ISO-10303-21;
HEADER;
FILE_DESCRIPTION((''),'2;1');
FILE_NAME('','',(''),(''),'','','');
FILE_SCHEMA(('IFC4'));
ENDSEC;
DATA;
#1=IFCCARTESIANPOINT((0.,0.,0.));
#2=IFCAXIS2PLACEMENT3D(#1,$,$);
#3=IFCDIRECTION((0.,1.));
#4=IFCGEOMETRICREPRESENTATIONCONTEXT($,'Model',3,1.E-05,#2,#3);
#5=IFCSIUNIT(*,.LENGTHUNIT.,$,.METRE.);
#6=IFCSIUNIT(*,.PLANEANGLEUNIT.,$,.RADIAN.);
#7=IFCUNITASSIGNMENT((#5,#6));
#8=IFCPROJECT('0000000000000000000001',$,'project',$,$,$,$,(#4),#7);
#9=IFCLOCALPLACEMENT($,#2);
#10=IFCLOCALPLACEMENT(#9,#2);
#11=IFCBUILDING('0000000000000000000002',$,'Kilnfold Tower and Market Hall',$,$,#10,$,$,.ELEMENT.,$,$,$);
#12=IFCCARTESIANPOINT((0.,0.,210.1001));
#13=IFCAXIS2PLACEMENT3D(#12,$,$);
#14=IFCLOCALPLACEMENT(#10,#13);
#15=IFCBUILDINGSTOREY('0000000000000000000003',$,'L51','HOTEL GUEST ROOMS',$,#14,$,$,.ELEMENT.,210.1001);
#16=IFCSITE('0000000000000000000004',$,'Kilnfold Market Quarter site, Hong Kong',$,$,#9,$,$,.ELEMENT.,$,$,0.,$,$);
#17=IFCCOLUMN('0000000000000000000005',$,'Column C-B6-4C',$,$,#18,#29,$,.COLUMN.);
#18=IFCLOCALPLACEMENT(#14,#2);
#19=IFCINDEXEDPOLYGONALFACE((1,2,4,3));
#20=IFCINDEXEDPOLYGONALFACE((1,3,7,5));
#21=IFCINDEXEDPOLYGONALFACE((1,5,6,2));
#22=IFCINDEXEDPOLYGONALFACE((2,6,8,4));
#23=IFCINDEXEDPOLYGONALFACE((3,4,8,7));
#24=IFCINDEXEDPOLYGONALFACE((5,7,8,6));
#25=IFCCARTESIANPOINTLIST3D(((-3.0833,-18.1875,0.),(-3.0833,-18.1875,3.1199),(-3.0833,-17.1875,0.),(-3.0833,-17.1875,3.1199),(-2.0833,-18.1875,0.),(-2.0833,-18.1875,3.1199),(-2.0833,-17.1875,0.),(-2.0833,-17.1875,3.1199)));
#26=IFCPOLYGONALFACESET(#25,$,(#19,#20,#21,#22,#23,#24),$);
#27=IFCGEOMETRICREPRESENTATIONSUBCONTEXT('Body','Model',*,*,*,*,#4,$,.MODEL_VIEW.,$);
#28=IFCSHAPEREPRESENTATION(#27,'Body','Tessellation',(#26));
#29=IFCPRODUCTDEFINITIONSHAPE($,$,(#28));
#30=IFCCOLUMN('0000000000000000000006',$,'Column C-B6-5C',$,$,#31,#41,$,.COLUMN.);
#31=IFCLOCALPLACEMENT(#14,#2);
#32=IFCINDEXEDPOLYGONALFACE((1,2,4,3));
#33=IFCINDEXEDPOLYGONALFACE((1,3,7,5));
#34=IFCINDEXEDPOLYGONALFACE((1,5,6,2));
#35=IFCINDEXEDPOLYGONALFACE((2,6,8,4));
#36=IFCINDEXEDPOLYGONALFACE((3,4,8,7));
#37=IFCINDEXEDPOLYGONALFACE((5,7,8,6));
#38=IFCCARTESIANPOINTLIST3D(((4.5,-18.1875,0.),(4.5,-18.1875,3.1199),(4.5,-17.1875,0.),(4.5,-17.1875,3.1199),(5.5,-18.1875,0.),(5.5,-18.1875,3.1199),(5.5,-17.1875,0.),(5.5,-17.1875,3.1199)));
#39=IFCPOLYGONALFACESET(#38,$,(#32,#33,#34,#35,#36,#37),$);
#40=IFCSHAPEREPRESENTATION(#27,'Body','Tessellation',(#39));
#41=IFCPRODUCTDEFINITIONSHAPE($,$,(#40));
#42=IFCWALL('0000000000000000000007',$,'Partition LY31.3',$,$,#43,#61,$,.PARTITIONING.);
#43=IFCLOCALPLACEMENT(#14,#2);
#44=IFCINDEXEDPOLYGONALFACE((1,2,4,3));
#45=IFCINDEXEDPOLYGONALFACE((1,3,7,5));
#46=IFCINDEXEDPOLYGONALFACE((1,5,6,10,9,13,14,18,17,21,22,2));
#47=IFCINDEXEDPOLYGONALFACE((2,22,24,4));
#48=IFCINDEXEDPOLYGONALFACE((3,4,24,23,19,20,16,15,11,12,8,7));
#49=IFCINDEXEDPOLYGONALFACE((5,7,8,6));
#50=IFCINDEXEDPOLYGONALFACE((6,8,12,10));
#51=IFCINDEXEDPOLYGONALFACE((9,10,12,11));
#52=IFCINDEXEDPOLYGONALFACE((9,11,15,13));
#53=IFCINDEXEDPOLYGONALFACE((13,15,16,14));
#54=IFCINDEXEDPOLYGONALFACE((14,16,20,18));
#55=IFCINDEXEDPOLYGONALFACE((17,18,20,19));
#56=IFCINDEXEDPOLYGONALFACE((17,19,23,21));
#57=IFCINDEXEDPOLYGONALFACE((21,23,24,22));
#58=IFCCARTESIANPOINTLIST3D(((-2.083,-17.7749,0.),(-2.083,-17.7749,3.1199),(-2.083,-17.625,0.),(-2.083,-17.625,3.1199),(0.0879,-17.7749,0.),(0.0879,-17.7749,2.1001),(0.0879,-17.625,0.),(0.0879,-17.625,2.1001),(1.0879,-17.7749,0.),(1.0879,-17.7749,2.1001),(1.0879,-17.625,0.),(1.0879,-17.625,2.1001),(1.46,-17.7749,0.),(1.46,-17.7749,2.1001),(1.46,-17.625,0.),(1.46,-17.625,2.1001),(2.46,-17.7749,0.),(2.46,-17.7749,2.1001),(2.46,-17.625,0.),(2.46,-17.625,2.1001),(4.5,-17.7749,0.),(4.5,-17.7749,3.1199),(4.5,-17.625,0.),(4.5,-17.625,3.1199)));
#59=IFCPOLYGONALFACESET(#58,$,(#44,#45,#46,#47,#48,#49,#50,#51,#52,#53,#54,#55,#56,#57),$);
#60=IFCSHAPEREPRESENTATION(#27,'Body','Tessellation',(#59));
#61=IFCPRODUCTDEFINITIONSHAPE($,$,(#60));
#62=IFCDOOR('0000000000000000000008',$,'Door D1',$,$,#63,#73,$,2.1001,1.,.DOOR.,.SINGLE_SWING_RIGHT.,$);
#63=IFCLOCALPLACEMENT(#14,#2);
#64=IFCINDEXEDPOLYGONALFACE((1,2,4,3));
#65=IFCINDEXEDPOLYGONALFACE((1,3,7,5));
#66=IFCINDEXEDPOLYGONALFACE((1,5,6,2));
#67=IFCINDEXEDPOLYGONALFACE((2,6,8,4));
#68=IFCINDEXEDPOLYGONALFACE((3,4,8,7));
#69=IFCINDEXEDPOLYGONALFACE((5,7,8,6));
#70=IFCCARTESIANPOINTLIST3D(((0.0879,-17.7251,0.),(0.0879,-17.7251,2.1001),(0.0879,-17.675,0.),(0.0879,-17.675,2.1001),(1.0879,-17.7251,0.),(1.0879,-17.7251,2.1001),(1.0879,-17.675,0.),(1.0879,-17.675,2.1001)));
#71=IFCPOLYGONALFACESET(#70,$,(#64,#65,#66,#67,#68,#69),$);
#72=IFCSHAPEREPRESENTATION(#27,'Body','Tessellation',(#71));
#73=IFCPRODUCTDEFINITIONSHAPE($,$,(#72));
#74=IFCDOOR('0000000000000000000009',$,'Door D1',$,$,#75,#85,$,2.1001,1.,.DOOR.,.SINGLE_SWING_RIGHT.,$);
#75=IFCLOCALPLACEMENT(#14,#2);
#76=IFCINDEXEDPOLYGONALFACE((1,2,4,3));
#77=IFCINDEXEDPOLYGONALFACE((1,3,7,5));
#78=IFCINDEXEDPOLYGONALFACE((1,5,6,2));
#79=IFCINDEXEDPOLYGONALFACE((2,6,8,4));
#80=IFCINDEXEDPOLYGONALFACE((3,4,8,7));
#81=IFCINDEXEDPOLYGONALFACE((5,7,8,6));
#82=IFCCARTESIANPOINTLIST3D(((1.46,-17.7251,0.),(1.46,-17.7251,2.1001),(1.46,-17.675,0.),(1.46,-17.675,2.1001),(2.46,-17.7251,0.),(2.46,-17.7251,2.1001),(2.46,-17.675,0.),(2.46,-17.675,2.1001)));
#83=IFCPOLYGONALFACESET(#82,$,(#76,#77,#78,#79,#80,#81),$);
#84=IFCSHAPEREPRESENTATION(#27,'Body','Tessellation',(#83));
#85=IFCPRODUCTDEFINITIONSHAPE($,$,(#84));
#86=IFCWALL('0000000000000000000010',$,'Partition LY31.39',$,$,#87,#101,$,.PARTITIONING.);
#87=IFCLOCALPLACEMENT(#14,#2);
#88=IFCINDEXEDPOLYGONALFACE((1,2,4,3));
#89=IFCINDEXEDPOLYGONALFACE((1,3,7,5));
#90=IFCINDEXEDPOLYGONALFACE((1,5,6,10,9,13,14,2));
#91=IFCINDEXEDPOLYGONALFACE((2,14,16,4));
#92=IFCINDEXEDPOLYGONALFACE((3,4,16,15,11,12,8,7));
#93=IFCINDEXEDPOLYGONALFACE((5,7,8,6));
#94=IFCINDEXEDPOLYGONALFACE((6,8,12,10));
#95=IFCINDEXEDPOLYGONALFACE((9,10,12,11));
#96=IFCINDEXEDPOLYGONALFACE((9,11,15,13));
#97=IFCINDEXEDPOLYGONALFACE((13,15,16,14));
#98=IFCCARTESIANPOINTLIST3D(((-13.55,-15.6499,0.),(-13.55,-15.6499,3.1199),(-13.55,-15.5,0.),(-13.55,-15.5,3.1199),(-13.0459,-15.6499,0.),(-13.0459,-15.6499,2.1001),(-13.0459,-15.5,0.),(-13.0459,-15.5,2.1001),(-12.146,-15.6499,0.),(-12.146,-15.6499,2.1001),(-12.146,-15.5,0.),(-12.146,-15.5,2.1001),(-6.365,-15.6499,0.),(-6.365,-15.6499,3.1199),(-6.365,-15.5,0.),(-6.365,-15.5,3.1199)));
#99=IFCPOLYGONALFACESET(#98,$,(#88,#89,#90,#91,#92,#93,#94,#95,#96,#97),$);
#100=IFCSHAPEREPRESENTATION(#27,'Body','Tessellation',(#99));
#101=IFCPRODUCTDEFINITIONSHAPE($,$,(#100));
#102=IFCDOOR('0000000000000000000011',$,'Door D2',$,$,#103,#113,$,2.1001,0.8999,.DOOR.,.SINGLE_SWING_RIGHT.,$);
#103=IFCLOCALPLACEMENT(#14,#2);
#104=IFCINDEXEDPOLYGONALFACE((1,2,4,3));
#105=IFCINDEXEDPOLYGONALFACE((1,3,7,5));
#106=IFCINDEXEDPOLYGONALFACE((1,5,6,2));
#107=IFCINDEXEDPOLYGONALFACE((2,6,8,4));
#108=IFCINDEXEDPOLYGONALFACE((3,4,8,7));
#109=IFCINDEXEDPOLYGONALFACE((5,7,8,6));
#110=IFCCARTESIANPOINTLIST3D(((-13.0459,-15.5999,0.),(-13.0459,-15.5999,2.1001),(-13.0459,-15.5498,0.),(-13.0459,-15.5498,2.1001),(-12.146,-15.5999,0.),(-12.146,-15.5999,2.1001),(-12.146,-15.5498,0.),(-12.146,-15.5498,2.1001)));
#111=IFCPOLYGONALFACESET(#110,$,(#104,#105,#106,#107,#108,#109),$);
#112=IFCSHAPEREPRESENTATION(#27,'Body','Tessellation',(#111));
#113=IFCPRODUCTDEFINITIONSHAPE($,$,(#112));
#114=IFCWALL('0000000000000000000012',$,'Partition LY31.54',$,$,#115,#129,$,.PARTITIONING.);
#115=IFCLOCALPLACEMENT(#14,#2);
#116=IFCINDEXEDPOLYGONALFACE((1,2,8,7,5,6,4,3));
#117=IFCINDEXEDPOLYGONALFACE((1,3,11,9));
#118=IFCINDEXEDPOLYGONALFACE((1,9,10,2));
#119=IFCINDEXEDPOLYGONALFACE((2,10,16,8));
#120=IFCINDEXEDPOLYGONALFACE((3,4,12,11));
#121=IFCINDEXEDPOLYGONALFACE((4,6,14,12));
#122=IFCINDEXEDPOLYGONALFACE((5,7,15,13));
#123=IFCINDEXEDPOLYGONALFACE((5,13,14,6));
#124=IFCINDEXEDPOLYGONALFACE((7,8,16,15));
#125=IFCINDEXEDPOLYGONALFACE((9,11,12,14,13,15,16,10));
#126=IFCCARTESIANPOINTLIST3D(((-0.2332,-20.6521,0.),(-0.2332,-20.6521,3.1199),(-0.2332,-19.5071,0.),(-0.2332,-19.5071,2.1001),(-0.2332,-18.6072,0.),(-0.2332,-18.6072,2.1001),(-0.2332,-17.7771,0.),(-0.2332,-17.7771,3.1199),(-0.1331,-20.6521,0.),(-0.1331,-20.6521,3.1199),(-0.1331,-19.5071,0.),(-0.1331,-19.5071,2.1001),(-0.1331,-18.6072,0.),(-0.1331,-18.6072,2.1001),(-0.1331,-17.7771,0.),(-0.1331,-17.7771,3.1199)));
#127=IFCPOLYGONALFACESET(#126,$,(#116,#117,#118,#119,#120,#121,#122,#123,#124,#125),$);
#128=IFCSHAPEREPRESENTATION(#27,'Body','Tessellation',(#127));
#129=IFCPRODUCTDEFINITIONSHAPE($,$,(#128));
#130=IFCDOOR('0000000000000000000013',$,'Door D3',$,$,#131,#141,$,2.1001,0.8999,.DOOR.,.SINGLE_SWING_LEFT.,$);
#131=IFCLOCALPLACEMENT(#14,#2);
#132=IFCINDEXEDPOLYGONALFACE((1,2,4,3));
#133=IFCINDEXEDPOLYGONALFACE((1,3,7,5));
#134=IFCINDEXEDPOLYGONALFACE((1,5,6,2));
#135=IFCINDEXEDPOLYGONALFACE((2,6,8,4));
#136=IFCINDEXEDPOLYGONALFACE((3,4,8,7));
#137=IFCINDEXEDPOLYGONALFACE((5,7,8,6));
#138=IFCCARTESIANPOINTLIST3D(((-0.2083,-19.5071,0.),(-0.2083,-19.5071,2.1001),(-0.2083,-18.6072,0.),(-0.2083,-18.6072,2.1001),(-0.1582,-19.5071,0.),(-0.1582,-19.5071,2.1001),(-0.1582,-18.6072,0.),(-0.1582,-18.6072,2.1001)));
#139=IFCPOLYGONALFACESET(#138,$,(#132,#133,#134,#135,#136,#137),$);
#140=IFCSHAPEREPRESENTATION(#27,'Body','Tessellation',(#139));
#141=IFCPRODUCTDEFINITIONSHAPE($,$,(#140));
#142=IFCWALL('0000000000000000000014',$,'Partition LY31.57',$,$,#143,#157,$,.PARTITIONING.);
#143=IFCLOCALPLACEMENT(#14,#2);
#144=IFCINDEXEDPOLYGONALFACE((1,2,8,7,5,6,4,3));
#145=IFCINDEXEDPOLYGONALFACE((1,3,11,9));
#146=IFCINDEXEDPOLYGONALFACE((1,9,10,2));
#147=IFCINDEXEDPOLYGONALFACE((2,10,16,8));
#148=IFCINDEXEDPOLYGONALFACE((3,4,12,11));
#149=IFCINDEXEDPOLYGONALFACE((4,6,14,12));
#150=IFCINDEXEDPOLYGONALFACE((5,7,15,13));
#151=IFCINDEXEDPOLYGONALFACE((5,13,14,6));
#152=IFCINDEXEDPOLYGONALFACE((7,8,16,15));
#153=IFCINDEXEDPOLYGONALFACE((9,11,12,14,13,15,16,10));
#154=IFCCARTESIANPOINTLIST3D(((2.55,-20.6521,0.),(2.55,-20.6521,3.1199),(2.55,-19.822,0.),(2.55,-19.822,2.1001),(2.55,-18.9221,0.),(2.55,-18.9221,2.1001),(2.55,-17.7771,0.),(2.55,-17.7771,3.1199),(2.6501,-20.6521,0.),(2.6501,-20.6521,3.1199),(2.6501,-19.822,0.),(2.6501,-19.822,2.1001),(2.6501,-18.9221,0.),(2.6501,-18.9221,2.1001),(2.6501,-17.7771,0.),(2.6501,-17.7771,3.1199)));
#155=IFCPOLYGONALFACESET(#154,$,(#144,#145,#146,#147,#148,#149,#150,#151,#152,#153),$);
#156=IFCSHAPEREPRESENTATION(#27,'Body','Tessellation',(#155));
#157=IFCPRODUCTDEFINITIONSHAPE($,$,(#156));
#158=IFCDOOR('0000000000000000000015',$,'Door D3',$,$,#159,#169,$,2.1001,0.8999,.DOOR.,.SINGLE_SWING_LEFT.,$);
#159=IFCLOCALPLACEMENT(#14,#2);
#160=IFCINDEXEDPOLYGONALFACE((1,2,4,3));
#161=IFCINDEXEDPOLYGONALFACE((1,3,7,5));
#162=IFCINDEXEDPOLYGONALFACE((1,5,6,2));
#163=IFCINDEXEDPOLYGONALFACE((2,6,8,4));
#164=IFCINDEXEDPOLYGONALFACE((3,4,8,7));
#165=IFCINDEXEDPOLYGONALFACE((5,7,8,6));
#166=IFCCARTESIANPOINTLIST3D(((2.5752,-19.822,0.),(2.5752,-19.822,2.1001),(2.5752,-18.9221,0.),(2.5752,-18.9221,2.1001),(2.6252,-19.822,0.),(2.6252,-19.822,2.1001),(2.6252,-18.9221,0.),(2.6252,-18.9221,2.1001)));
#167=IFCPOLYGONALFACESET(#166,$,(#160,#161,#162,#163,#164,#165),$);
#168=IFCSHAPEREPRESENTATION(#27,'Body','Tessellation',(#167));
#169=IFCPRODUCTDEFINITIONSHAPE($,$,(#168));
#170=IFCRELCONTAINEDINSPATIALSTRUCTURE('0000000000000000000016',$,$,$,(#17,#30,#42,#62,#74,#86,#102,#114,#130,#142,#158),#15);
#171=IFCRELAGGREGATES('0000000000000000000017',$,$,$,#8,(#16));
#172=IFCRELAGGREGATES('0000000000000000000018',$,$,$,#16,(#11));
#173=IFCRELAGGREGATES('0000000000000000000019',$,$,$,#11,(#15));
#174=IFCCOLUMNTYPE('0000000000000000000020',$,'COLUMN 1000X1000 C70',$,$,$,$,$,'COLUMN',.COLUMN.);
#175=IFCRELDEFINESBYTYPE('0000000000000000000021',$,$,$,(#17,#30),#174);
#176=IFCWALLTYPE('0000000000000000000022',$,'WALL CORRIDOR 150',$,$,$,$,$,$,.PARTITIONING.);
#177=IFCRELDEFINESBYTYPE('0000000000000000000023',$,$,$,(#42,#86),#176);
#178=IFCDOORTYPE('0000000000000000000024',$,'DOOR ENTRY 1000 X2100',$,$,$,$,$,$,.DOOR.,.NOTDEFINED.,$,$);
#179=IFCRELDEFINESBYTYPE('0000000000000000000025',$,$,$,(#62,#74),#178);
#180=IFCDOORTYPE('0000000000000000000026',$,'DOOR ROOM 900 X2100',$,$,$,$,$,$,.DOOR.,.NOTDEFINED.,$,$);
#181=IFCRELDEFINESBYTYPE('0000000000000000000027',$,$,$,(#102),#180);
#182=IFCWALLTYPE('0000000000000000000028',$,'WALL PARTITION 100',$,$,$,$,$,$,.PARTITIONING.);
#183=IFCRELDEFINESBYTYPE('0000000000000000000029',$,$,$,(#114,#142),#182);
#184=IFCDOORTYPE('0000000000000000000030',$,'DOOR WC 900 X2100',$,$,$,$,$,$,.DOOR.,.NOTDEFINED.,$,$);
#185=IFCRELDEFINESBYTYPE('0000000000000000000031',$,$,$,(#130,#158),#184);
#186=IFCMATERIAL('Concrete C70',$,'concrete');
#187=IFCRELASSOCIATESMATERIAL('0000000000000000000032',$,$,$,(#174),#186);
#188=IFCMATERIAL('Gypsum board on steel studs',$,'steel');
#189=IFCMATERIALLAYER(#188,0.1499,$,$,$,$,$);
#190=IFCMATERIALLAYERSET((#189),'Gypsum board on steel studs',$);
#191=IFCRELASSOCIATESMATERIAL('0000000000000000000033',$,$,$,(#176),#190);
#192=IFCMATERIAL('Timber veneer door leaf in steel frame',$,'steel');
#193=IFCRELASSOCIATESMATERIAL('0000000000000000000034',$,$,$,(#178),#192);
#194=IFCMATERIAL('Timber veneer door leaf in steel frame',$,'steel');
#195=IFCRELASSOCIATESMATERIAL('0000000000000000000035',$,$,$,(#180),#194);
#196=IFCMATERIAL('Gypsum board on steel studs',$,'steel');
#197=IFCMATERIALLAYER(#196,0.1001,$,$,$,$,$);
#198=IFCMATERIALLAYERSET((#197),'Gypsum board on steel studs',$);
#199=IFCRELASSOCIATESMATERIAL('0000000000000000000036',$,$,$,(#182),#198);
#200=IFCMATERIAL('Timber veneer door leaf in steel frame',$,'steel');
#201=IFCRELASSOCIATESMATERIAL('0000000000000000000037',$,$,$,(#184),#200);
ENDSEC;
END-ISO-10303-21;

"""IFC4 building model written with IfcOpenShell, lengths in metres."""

from ifc_helpers import new_model, si_unit, direction, frame, frame_2d, origin, origin_2d, place, context, subcontext, project, spatial, rectangle, extrude, source, transform, mapped, material, layer, layer_set, material_profile, profile_set, type_object, element, fill, save


model = new_model("IFC4")

# Units and contexts
model_context = context("Model", 3, precision=1e-05, world=origin(), true_north=direction((0.0, 1.0)))
body_context = subcontext(model_context, "Body", "Model", "MODEL_VIEW")
ifc_project = project(units=[si_unit("LENGTHUNIT", "METRE"), si_unit("PLANEANGLEUNIT", "RADIAN")], contexts=[model_context])

# Site, building, storey
site_placement = place(None, origin())
site = spatial("IfcSite", under=ifc_project, at=site_placement, Name="Kilnfold Market Quarter site, Hong Kong", CompositionType="ELEMENT", RefElevation=0.0)
building_placement = place(site_placement, origin())
building = spatial("IfcBuilding", under=site, at=building_placement, Name="Kilnfold Tower and Market Hall", CompositionType="ELEMENT")
storey_placement = place(building_placement, frame((0.0, 0.0, 210.1001)))
storey = spatial("IfcBuildingStorey", under=building, at=storey_placement, Name="L51", Description="HOTEL GUEST ROOMS", CompositionType="ELEMENT", Elevation=210.1001)

# Columns
ifc_material_1 = material(Name="Concrete C70", Category="concrete")
ifc_material_profile = material_profile(ifc_material_1, rectangle(XDim=1.0, YDim=1.0, at=origin_2d()), Name="RC 1000x1000")
ifc_profile_set = profile_set([ifc_material_profile], Name="Concrete C70")
column_type = type_object("IfcColumnType", Name="COLUMN 1000X1000 C70", ElementType="COLUMN", PredefinedType="COLUMN", material=ifc_profile_set)
shared_shape = source(origin(), body_context, "Body", "SweptSolid", [
    extrude(rectangle(XDim=1.0, YDim=1.0, at=origin_2d()), origin(), (0.0, 0.0, 1.0), 3.1199),
])
for number, where, z_axis, x_axis, name in (
    (1, (-2.5833, -17.6875, 0.0), (0.0, 0.0, 1.0), (1.0, 0.0, 0.0), "Column C-B6-4C"),
    (2, (5.0, -17.6875, 0.0), (0.0, 0.0, 1.0), (1.0, 0.0, 0.0), "Column C-B6-5C"),
):
    element("IfcColumn", number, at=place(storey_placement, frame(where, z_axis=z_axis, x_axis=x_axis)), inside=storey, type_object=column_type, Name=name, PredefinedType="COLUMN", context=body_context, shape_type="MappedRepresentation", body=[
        mapped(shared_shape, transform((0.0, 0.0, 0.0))),
    ])

# Wall, openings, doors
ifc_material_2 = material(Name="Gypsum board on steel studs", Category="steel")
ifc_layer_1 = layer(ifc_material_2, 0.1499)
ifc_layer_set_1 = layer_set([ifc_layer_1], Name="Gypsum board on steel studs")
wall_type_1 = type_object("IfcWallType", Name="WALL CORRIDOR 150", PredefinedType="PARTITIONING", material=ifc_layer_set_1)
wall_1_placement = place(storey_placement, frame((-2.083, -17.7, 0.0), z_axis=(0.0, 0.0, 1.0), x_axis=(1.0, 0.0, 0.0)))
wall_1 = element("IfcWall", 3, at=wall_1_placement, inside=storey, type_object=wall_type_1, Name="Partition LY31.3", PredefinedType="PARTITIONING", context=body_context, shape_type="SweptSolid", body=[
    extrude(rectangle(XDim=6.583, YDim=0.1499, at=frame_2d((3.2915, 0.0))), origin(), (0.0, 0.0, 1.0), 3.1199),
])
opening_1_placement = place(wall_1_placement, frame((2.1709, 0.0, 0.0)))
opening_1 = element("IfcOpeningElement", 4, at=opening_1_placement, cuts=wall_1, PredefinedType="OPENING", context=body_context, shape_type="SweptSolid", body=[
    extrude(rectangle(XDim=1.0, YDim=2.1001, at=frame_2d((0.5, 1.05))), frame((0.0, 0.085, 0.0), z_axis=(0.0, -1.0, 0.0), x_axis=(1.0, 0.0, 0.0)), (0.0, 0.0, 1.0), 0.1699),
])
opening_2_placement = place(wall_1_placement, frame((3.543, 0.0, 0.0)))
opening_2 = element("IfcOpeningElement", 5, at=opening_2_placement, cuts=wall_1, PredefinedType="OPENING", context=body_context, shape_type="SweptSolid", body=[
    extrude(rectangle(XDim=1.0, YDim=2.1001, at=frame_2d((0.5, 1.05))), frame((0.0, 0.085, 0.0), z_axis=(0.0, -1.0, 0.0), x_axis=(1.0, 0.0, 0.0)), (0.0, 0.0, 1.0), 0.1699),
])
ifc_material_3 = material(Name="Timber veneer door leaf in steel frame", Category="steel")
door_type_1 = type_object("IfcDoorType", Name="DOOR ENTRY 1000 X2100", OperationType="NOTDEFINED", PredefinedType="DOOR", material=ifc_material_3)
door_1_placement = place(opening_1_placement, origin())
door_1 = element("IfcDoor", 6, at=door_1_placement, inside=storey, type_object=door_type_1, Name="Door D1", OperationType="SINGLE_SWING_RIGHT", OverallHeight=2.1001, OverallWidth=1.0, PredefinedType="DOOR", context=body_context, shape_type="SweptSolid", body=[
    extrude(rectangle(XDim=1.0, YDim=2.1001, at=frame_2d((0.5, 1.05))), frame((0.0, 0.0249, 0.0), z_axis=(0.0, -1.0, 0.0), x_axis=(1.0, 0.0, 0.0)), (0.0, 0.0, 1.0), 0.05),
])
fill(opening_1, door_1)
door_2_placement = place(opening_2_placement, origin())
door_2 = element("IfcDoor", 7, at=door_2_placement, inside=storey, type_object=door_type_1, Name="Door D1", OperationType="SINGLE_SWING_RIGHT", OverallHeight=2.1001, OverallWidth=1.0, PredefinedType="DOOR", context=body_context, shape_type="SweptSolid", body=[
    extrude(rectangle(XDim=1.0, YDim=2.1001, at=frame_2d((0.5, 1.05))), frame((0.0, 0.0249, 0.0), z_axis=(0.0, -1.0, 0.0), x_axis=(1.0, 0.0, 0.0)), (0.0, 0.0, 1.0), 0.05),
])
fill(opening_2, door_2)

# Walls, openings, doors
wall_2_placement = place(storey_placement, frame((-6.365, -15.575, 0.0), z_axis=(0.0, 0.0, 1.0), x_axis=(-1.0, 0.0, 0.0)))
wall_2 = element("IfcWall", 8, at=wall_2_placement, inside=storey, type_object=wall_type_1, Name="Partition LY31.39", PredefinedType="PARTITIONING", context=body_context, shape_type="SweptSolid", body=[
    extrude(rectangle(XDim=7.1851, YDim=0.1499, at=frame_2d((3.5925, 0.0))), origin(), (0.0, 0.0, 1.0), 3.1199),
])
opening_3_placement = place(wall_2_placement, frame((5.781, 0.0, 0.0)))
opening_3 = element("IfcOpeningElement", 9, at=opening_3_placement, cuts=wall_2, PredefinedType="OPENING", context=body_context, shape_type="SweptSolid", body=[
    extrude(rectangle(XDim=0.8999, YDim=2.1001, at=frame_2d((0.45, 1.05))), frame((0.0, 0.085, 0.0), z_axis=(0.0, -1.0, 0.0), x_axis=(1.0, 0.0, 0.0)), (0.0, 0.0, 1.0), 0.1699),
])
ifc_material_4 = material(Name="Timber veneer door leaf in steel frame", Category="steel")
door_type_2 = type_object("IfcDoorType", Name="DOOR ROOM 900 X2100", OperationType="NOTDEFINED", PredefinedType="DOOR", material=ifc_material_4)
door_3_placement = place(opening_3_placement, origin())
door_3 = element("IfcDoor", 10, at=door_3_placement, inside=storey, type_object=door_type_2, Name="Door D2", OperationType="SINGLE_SWING_RIGHT", OverallHeight=2.1001, OverallWidth=0.8999, PredefinedType="DOOR", context=body_context, shape_type="SweptSolid", body=[
    extrude(rectangle(XDim=0.8999, YDim=2.1001, at=frame_2d((0.45, 1.05))), frame((0.0, 0.0249, 0.0), z_axis=(0.0, -1.0, 0.0), x_axis=(1.0, 0.0, 0.0)), (0.0, 0.0, 1.0), 0.05),
])
fill(opening_3, door_3)
ifc_material_5 = material(Name="Gypsum board on steel studs", Category="steel")
ifc_layer_2 = layer(ifc_material_5, 0.1001)
ifc_layer_set_2 = layer_set([ifc_layer_2], Name="Gypsum board on steel studs")
wall_type_2 = type_object("IfcWallType", Name="WALL PARTITION 100", PredefinedType="PARTITIONING", material=ifc_layer_set_2)
wall_3_placement = place(storey_placement, frame((-0.1831, -17.7771, 0.0), z_axis=(0.0, 0.0, 1.0), x_axis=(0.0, -1.0, 0.0)))
wall_3 = element("IfcWall", 11, at=wall_3_placement, inside=storey, type_object=wall_type_2, Name="Partition LY31.54", PredefinedType="PARTITIONING", context=body_context, shape_type="SweptSolid", body=[
    extrude(rectangle(XDim=2.875, YDim=0.1001, at=frame_2d((1.4375, 0.0))), origin(), (0.0, 0.0, 1.0), 3.1199),
])
opening_4_placement = place(wall_3_placement, frame((0.8301, 0.0, 0.0)))
opening_4 = element("IfcOpeningElement", 12, at=opening_4_placement, cuts=wall_3, PredefinedType="OPENING", context=body_context, shape_type="SweptSolid", body=[
    extrude(rectangle(XDim=0.8999, YDim=2.1001, at=frame_2d((0.45, 1.05))), frame((0.0, 0.0601, 0.0), z_axis=(0.0, -1.0, 0.0), x_axis=(1.0, 0.0, 0.0)), (0.0, 0.0, 1.0), 0.1201),
])
ifc_material_6 = material(Name="Timber veneer door leaf in steel frame", Category="steel")
door_type_3 = type_object("IfcDoorType", Name="DOOR WC 900 X2100", OperationType="NOTDEFINED", PredefinedType="DOOR", material=ifc_material_6)
door_4_placement = place(opening_4_placement, origin())
door_4 = element("IfcDoor", 13, at=door_4_placement, inside=storey, type_object=door_type_3, Name="Door D3", OperationType="SINGLE_SWING_LEFT", OverallHeight=2.1001, OverallWidth=0.8999, PredefinedType="DOOR", context=body_context, shape_type="SweptSolid", body=[
    extrude(rectangle(XDim=0.8999, YDim=2.1001, at=frame_2d((0.45, 1.05))), frame((0.0, 0.0249, 0.0), z_axis=(0.0, -1.0, 0.0), x_axis=(1.0, 0.0, 0.0)), (0.0, 0.0, 1.0), 0.05),
])
fill(opening_4, door_4)
wall_4_placement = place(storey_placement, frame((2.6001, -20.6521, 0.0), z_axis=(0.0, 0.0, 1.0), x_axis=(0.0, 1.0, 0.0)))
wall_4 = element("IfcWall", 14, at=wall_4_placement, inside=storey, type_object=wall_type_2, Name="Partition LY31.57", PredefinedType="PARTITIONING", context=body_context, shape_type="SweptSolid", body=[
    extrude(rectangle(XDim=2.875, YDim=0.1001, at=frame_2d((1.4375, 0.0))), origin(), (0.0, 0.0, 1.0), 3.1199),
])
opening_5_placement = place(wall_4_placement, frame((0.8301, 0.0, 0.0)))
opening_5 = element("IfcOpeningElement", 15, at=opening_5_placement, cuts=wall_4, PredefinedType="OPENING", context=body_context, shape_type="SweptSolid", body=[
    extrude(rectangle(XDim=0.8999, YDim=2.1001, at=frame_2d((0.45, 1.05))), frame((0.0, 0.0601, 0.0), z_axis=(0.0, -1.0, 0.0), x_axis=(1.0, 0.0, 0.0)), (0.0, 0.0, 1.0), 0.1201),
])
door_5_placement = place(opening_5_placement, origin())
door_5 = element("IfcDoor", 16, at=door_5_placement, inside=storey, type_object=door_type_3, Name="Door D3", OperationType="SINGLE_SWING_LEFT", OverallHeight=2.1001, OverallWidth=0.8999, PredefinedType="DOOR", context=body_context, shape_type="SweptSolid", body=[
    extrude(rectangle(XDim=0.8999, YDim=2.1001, at=frame_2d((0.45, 1.05))), frame((0.0, 0.0249, 0.0), z_axis=(0.0, -1.0, 0.0), x_axis=(1.0, 0.0, 0.0)), (0.0, 0.0, 1.0), 0.05),
])
fill(opening_5, door_5)

save(model, "model.ifc")
